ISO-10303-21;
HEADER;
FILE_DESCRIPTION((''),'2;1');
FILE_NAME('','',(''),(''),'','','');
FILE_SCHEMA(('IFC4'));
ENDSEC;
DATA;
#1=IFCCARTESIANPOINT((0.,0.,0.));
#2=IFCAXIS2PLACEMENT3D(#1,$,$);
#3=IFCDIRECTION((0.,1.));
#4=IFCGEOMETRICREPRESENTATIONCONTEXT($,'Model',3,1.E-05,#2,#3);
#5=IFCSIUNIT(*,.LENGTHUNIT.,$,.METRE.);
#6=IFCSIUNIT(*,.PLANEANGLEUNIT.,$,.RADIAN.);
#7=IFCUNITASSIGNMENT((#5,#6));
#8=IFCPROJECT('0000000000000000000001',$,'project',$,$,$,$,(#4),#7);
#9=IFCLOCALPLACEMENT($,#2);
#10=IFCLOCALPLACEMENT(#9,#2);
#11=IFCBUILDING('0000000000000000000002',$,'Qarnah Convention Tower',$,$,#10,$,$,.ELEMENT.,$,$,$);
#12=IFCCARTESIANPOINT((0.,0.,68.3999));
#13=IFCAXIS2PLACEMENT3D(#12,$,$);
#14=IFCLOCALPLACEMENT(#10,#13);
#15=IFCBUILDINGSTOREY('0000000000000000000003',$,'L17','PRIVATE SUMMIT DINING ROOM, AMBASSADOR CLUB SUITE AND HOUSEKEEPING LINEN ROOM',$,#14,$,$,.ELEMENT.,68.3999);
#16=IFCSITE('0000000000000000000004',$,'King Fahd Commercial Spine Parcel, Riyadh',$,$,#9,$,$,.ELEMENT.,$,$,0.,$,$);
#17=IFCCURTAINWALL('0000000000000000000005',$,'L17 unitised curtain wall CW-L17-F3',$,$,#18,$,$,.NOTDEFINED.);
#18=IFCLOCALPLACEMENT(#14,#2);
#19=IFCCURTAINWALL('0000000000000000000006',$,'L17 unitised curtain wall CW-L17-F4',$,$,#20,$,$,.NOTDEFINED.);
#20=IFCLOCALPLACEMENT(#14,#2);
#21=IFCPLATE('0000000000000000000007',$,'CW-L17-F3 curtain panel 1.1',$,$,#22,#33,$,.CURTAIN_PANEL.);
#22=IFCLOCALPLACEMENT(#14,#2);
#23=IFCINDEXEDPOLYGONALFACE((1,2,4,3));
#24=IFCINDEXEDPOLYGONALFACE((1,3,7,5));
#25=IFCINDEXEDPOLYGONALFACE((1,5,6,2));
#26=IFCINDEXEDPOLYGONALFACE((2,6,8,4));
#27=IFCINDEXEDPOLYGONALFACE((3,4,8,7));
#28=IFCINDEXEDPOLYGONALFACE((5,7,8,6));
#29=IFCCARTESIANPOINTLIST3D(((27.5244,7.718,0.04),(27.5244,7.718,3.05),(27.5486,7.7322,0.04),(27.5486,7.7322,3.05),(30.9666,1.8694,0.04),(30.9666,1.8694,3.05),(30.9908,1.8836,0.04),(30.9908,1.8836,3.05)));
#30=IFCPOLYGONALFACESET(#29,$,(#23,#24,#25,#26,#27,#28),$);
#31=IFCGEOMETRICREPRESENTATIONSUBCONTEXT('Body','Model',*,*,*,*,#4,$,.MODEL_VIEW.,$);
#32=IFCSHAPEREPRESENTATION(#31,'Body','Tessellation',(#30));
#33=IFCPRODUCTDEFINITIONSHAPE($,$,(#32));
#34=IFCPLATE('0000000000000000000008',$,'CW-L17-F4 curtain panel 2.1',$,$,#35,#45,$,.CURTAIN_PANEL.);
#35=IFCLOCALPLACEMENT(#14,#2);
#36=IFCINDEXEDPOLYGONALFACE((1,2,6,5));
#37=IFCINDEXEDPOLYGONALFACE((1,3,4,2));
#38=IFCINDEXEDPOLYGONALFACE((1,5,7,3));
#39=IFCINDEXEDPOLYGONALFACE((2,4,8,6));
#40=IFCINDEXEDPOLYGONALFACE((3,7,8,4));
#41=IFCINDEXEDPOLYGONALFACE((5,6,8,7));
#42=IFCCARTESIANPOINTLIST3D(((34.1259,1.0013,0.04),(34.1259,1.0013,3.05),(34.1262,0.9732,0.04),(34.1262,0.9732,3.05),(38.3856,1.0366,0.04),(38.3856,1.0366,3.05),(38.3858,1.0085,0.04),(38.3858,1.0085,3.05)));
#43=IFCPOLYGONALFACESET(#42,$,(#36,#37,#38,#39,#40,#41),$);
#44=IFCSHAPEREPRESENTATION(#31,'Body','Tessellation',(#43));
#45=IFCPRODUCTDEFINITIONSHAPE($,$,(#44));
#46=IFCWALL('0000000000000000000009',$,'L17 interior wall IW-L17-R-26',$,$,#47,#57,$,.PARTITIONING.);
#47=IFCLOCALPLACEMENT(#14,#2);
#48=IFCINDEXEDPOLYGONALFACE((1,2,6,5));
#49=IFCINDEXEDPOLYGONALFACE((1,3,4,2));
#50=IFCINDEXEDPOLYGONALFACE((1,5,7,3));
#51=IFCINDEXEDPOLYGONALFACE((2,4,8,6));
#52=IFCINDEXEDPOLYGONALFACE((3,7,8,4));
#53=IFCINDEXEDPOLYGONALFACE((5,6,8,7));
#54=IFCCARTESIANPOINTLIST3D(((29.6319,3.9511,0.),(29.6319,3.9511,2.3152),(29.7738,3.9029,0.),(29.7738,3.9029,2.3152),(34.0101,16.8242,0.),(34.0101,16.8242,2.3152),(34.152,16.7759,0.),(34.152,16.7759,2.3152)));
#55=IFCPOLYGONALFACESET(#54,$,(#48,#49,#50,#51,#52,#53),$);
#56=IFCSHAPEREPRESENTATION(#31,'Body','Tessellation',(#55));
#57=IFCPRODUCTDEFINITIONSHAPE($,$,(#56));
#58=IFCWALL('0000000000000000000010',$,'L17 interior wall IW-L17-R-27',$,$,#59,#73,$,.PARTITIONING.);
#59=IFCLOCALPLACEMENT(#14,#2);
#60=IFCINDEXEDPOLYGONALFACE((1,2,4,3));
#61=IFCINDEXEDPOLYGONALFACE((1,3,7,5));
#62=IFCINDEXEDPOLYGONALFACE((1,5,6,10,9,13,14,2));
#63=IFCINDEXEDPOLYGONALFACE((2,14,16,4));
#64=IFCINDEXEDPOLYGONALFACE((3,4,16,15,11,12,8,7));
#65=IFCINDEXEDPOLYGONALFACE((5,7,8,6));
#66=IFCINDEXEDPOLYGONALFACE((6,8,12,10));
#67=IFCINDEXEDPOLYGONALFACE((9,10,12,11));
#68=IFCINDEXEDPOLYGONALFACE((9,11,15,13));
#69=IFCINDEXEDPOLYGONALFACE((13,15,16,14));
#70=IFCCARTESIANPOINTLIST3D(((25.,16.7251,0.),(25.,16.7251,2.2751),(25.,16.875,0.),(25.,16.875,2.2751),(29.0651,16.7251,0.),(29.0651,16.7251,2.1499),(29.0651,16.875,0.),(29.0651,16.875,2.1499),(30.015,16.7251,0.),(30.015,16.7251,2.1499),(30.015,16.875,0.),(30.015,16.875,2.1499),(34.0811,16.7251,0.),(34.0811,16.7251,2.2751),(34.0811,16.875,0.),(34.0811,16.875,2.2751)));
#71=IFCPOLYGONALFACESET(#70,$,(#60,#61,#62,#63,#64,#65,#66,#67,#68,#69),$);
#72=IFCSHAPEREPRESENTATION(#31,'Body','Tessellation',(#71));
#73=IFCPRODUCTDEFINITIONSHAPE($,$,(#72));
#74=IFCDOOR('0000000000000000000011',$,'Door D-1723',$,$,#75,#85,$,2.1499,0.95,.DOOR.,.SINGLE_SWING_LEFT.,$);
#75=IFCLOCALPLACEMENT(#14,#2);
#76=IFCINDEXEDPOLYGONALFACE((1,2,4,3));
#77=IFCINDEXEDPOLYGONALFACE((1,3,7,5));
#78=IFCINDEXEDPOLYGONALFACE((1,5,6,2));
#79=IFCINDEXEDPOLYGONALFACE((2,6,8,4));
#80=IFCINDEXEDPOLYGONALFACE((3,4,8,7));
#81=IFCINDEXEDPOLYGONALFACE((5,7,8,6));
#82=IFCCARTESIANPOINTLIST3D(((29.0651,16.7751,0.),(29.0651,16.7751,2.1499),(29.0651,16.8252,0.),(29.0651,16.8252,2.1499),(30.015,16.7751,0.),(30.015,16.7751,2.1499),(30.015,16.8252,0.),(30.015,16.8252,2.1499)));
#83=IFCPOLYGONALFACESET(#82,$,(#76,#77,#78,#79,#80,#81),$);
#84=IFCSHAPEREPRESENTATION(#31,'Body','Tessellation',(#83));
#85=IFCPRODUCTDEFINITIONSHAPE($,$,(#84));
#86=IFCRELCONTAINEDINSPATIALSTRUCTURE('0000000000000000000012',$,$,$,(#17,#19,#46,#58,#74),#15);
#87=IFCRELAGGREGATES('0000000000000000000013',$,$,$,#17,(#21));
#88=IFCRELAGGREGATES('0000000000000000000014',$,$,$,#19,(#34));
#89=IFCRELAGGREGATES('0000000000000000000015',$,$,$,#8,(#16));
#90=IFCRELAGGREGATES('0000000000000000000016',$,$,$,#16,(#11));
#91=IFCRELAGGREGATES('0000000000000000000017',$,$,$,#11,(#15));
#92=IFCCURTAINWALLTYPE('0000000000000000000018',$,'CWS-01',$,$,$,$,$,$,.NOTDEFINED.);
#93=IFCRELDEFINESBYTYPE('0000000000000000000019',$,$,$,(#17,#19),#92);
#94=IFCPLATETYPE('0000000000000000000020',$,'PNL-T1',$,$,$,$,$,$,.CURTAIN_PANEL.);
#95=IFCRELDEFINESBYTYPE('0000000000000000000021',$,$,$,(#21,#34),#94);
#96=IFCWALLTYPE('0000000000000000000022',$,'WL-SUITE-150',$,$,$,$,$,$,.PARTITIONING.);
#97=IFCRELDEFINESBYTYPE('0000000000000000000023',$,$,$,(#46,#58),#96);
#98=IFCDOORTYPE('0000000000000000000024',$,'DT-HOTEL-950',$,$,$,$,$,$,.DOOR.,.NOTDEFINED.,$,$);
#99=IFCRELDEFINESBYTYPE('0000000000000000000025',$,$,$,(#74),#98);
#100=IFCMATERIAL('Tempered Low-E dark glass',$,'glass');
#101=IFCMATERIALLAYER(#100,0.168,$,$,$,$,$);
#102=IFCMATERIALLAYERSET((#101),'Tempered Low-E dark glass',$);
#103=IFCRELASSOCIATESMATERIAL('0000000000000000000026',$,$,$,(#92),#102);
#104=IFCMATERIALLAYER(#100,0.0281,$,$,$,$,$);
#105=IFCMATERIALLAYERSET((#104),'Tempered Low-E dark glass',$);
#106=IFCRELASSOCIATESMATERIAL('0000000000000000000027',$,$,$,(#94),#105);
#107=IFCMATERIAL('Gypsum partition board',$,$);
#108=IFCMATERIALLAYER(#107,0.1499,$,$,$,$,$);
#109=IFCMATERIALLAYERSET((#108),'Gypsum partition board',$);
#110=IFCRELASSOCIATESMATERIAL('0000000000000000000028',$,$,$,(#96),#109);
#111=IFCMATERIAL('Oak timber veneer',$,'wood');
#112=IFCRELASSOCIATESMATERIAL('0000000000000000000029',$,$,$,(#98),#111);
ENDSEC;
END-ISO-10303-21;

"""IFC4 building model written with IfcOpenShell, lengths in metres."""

from ifc_helpers import new_model, si_unit, direction, frame, frame_2d, origin, origin_2d, place, context, subcontext, project, spatial, rectangle, extrude, material, layer, layer_set, type_object, element, fill, aggregate, save


model = new_model("IFC4")

# Units and contexts
model_context = context("Model", 3, precision=1e-05, world=origin(), true_north=direction((0.0, 1.0)))
body_context = subcontext(model_context, "Body", "Model", "MODEL_VIEW")
ifc_project = project(units=[si_unit("LENGTHUNIT", "METRE"), si_unit("PLANEANGLEUNIT", "RADIAN")], contexts=[model_context])

# Site, building, storey
site_placement = place(None, origin())
site = spatial("IfcSite", under=ifc_project, at=site_placement, Name="King Fahd Commercial Spine Parcel, Riyadh", CompositionType="ELEMENT", RefElevation=0.0)
building_placement = place(site_placement, origin())
building = spatial("IfcBuilding", under=site, at=building_placement, Name="Qarnah Convention Tower", CompositionType="ELEMENT")
storey_placement = place(building_placement, frame((0.0, 0.0, 68.3999)))
storey = spatial("IfcBuildingStorey", under=building, at=storey_placement, Name="L17", Description="PRIVATE SUMMIT DINING ROOM, AMBASSADOR CLUB SUITE AND HOUSEKEEPING LINEN ROOM", CompositionType="ELEMENT", Elevation=68.3999)

# Curtain walls
ifc_material_1 = material(Name="Tempered Low-E dark glass", Category="glass")
ifc_layer_1 = layer(ifc_material_1, 0.168)
ifc_layer_set_1 = layer_set([ifc_layer_1], Name="Tempered Low-E dark glass")
curtain_wall_type = type_object("IfcCurtainWallType", Name="CWS-01", PredefinedType="NOTDEFINED", material=ifc_layer_set_1)
curtain_wall_1_placement = place(storey_placement, origin())
curtain_wall_1 = element("IfcCurtainWall", 1, at=curtain_wall_1_placement, inside=storey, type_object=curtain_wall_type, Name="L17 unitised curtain wall CW-L17-F3", PredefinedType="NOTDEFINED")
curtain_wall_2_placement = place(storey_placement, origin())
curtain_wall_2 = element("IfcCurtainWall", 2, at=curtain_wall_2_placement, inside=storey, type_object=curtain_wall_type, Name="L17 unitised curtain wall CW-L17-F4", PredefinedType="NOTDEFINED")

# Plates
ifc_layer_2 = layer(ifc_material_1, 0.0281)
ifc_layer_set_2 = layer_set([ifc_layer_2], Name="Tempered Low-E dark glass")
plate_type = type_object("IfcPlateType", Name="PNL-T1", PredefinedType="CURTAIN_PANEL", material=ifc_layer_set_2)
plate_1_placement = place(storey_placement, frame((29.2576, 4.8008, 0.04), z_axis=(0.0, 0.0, 1.0), x_axis=(-0.507221, 0.861816, 0.0)))
plate_1 = element("IfcPlate", 3, at=plate_1_placement, type_object=plate_type, Name="CW-L17-F3 curtain panel 1.1", PredefinedType="CURTAIN_PANEL", context=body_context, shape_type="SweptSolid", body=[
    extrude(rectangle(XDim=6.7864, YDim=0.0281, at=origin_2d()), origin(), (0.0, 0.0, 1.0), 3.01),
])
aggregate(curtain_wall_1, [plate_1])
plate_2_placement = place(storey_placement, frame((36.2559, 1.0049, 0.04), z_axis=(0.0, 0.0, 1.0), x_axis=(-0.999966, -0.008296, 0.0)))
plate_2 = element("IfcPlate", 4, at=plate_2_placement, type_object=plate_type, Name="CW-L17-F4 curtain panel 2.1", PredefinedType="CURTAIN_PANEL", context=body_context, shape_type="SweptSolid", body=[
    extrude(rectangle(XDim=4.2598, YDim=0.0281, at=origin_2d()), origin(), (0.0, 0.0, 1.0), 3.01),
])
aggregate(curtain_wall_2, [plate_2])

# Wall
ifc_material_2 = material(Name="Gypsum partition board")
ifc_layer_3 = layer(ifc_material_2, 0.1499)
ifc_layer_set_3 = layer_set([ifc_layer_3], Name="Gypsum partition board")
wall_type = type_object("IfcWallType", Name="WL-SUITE-150", PredefinedType="PARTITIONING", material=ifc_layer_set_3)
wall_1_placement = place(storey_placement, frame((29.7029, 3.927, 0.0), z_axis=(0.0, 0.0, 1.0), x_axis=(0.321991, 0.946743, 0.0)))
element("IfcWall", 5, at=wall_1_placement, inside=storey, type_object=wall_type, Name="L17 interior wall IW-L17-R-26", PredefinedType="PARTITIONING", context=body_context, shape_type="SweptSolid", body=[
    extrude(rectangle(XDim=13.5972, YDim=0.1499, at=frame_2d((6.7986, 0.0))), origin(), (0.0, 0.0, 1.0), 2.3152),
])

# Wall, opening, door
wall_2_placement = place(storey_placement, frame((34.0811, 16.8, 0.0), z_axis=(0.0, 0.0, 1.0), x_axis=(-1.0, 0.0, 0.0)))
wall_2 = element("IfcWall", 6, at=wall_2_placement, inside=storey, type_object=wall_type, Name="L17 interior wall IW-L17-R-27", PredefinedType="PARTITIONING", context=body_context, shape_type="SweptSolid", body=[
    extrude(rectangle(XDim=9.0811, YDim=0.1499, at=frame_2d((4.5405, 0.0))), origin(), (0.0, 0.0, 1.0), 2.2751),
])
opening_placement = place(wall_2_placement, frame((4.0659, 0.0, 0.0)))
opening = element("IfcOpeningElement", 7, at=opening_placement, cuts=wall_2, PredefinedType="OPENING", context=body_context, shape_type="SweptSolid", body=[
    extrude(rectangle(XDim=0.95, YDim=2.1499, at=frame_2d((0.4751, 1.075))), frame((0.0, 0.085, 0.0), z_axis=(0.0, -1.0, 0.0), x_axis=(1.0, 0.0, 0.0)), (0.0, 0.0, 1.0), 0.1699),
])
ifc_material_3 = material(Name="Oak timber veneer", Category="wood")
door_type = type_object("IfcDoorType", Name="DT-HOTEL-950", OperationType="NOTDEFINED", PredefinedType="DOOR", material=ifc_material_3)
door_placement = place(opening_placement, origin())
door = element("IfcDoor", 8, at=door_placement, inside=storey, type_object=door_type, Name="Door D-1723", OperationType="SINGLE_SWING_LEFT", OverallHeight=2.1499, OverallWidth=0.95, PredefinedType="DOOR", context=body_context, shape_type="SweptSolid", body=[
    extrude(rectangle(XDim=0.95, YDim=2.1499, at=frame_2d((0.4751, 1.075))), frame((0.0, 0.0249, 0.0), z_axis=(0.0, -1.0, 0.0), x_axis=(1.0, 0.0, 0.0)), (0.0, 0.0, 1.0), 0.05),
])
fill(opening, door)

save(model, "model.ifc")
